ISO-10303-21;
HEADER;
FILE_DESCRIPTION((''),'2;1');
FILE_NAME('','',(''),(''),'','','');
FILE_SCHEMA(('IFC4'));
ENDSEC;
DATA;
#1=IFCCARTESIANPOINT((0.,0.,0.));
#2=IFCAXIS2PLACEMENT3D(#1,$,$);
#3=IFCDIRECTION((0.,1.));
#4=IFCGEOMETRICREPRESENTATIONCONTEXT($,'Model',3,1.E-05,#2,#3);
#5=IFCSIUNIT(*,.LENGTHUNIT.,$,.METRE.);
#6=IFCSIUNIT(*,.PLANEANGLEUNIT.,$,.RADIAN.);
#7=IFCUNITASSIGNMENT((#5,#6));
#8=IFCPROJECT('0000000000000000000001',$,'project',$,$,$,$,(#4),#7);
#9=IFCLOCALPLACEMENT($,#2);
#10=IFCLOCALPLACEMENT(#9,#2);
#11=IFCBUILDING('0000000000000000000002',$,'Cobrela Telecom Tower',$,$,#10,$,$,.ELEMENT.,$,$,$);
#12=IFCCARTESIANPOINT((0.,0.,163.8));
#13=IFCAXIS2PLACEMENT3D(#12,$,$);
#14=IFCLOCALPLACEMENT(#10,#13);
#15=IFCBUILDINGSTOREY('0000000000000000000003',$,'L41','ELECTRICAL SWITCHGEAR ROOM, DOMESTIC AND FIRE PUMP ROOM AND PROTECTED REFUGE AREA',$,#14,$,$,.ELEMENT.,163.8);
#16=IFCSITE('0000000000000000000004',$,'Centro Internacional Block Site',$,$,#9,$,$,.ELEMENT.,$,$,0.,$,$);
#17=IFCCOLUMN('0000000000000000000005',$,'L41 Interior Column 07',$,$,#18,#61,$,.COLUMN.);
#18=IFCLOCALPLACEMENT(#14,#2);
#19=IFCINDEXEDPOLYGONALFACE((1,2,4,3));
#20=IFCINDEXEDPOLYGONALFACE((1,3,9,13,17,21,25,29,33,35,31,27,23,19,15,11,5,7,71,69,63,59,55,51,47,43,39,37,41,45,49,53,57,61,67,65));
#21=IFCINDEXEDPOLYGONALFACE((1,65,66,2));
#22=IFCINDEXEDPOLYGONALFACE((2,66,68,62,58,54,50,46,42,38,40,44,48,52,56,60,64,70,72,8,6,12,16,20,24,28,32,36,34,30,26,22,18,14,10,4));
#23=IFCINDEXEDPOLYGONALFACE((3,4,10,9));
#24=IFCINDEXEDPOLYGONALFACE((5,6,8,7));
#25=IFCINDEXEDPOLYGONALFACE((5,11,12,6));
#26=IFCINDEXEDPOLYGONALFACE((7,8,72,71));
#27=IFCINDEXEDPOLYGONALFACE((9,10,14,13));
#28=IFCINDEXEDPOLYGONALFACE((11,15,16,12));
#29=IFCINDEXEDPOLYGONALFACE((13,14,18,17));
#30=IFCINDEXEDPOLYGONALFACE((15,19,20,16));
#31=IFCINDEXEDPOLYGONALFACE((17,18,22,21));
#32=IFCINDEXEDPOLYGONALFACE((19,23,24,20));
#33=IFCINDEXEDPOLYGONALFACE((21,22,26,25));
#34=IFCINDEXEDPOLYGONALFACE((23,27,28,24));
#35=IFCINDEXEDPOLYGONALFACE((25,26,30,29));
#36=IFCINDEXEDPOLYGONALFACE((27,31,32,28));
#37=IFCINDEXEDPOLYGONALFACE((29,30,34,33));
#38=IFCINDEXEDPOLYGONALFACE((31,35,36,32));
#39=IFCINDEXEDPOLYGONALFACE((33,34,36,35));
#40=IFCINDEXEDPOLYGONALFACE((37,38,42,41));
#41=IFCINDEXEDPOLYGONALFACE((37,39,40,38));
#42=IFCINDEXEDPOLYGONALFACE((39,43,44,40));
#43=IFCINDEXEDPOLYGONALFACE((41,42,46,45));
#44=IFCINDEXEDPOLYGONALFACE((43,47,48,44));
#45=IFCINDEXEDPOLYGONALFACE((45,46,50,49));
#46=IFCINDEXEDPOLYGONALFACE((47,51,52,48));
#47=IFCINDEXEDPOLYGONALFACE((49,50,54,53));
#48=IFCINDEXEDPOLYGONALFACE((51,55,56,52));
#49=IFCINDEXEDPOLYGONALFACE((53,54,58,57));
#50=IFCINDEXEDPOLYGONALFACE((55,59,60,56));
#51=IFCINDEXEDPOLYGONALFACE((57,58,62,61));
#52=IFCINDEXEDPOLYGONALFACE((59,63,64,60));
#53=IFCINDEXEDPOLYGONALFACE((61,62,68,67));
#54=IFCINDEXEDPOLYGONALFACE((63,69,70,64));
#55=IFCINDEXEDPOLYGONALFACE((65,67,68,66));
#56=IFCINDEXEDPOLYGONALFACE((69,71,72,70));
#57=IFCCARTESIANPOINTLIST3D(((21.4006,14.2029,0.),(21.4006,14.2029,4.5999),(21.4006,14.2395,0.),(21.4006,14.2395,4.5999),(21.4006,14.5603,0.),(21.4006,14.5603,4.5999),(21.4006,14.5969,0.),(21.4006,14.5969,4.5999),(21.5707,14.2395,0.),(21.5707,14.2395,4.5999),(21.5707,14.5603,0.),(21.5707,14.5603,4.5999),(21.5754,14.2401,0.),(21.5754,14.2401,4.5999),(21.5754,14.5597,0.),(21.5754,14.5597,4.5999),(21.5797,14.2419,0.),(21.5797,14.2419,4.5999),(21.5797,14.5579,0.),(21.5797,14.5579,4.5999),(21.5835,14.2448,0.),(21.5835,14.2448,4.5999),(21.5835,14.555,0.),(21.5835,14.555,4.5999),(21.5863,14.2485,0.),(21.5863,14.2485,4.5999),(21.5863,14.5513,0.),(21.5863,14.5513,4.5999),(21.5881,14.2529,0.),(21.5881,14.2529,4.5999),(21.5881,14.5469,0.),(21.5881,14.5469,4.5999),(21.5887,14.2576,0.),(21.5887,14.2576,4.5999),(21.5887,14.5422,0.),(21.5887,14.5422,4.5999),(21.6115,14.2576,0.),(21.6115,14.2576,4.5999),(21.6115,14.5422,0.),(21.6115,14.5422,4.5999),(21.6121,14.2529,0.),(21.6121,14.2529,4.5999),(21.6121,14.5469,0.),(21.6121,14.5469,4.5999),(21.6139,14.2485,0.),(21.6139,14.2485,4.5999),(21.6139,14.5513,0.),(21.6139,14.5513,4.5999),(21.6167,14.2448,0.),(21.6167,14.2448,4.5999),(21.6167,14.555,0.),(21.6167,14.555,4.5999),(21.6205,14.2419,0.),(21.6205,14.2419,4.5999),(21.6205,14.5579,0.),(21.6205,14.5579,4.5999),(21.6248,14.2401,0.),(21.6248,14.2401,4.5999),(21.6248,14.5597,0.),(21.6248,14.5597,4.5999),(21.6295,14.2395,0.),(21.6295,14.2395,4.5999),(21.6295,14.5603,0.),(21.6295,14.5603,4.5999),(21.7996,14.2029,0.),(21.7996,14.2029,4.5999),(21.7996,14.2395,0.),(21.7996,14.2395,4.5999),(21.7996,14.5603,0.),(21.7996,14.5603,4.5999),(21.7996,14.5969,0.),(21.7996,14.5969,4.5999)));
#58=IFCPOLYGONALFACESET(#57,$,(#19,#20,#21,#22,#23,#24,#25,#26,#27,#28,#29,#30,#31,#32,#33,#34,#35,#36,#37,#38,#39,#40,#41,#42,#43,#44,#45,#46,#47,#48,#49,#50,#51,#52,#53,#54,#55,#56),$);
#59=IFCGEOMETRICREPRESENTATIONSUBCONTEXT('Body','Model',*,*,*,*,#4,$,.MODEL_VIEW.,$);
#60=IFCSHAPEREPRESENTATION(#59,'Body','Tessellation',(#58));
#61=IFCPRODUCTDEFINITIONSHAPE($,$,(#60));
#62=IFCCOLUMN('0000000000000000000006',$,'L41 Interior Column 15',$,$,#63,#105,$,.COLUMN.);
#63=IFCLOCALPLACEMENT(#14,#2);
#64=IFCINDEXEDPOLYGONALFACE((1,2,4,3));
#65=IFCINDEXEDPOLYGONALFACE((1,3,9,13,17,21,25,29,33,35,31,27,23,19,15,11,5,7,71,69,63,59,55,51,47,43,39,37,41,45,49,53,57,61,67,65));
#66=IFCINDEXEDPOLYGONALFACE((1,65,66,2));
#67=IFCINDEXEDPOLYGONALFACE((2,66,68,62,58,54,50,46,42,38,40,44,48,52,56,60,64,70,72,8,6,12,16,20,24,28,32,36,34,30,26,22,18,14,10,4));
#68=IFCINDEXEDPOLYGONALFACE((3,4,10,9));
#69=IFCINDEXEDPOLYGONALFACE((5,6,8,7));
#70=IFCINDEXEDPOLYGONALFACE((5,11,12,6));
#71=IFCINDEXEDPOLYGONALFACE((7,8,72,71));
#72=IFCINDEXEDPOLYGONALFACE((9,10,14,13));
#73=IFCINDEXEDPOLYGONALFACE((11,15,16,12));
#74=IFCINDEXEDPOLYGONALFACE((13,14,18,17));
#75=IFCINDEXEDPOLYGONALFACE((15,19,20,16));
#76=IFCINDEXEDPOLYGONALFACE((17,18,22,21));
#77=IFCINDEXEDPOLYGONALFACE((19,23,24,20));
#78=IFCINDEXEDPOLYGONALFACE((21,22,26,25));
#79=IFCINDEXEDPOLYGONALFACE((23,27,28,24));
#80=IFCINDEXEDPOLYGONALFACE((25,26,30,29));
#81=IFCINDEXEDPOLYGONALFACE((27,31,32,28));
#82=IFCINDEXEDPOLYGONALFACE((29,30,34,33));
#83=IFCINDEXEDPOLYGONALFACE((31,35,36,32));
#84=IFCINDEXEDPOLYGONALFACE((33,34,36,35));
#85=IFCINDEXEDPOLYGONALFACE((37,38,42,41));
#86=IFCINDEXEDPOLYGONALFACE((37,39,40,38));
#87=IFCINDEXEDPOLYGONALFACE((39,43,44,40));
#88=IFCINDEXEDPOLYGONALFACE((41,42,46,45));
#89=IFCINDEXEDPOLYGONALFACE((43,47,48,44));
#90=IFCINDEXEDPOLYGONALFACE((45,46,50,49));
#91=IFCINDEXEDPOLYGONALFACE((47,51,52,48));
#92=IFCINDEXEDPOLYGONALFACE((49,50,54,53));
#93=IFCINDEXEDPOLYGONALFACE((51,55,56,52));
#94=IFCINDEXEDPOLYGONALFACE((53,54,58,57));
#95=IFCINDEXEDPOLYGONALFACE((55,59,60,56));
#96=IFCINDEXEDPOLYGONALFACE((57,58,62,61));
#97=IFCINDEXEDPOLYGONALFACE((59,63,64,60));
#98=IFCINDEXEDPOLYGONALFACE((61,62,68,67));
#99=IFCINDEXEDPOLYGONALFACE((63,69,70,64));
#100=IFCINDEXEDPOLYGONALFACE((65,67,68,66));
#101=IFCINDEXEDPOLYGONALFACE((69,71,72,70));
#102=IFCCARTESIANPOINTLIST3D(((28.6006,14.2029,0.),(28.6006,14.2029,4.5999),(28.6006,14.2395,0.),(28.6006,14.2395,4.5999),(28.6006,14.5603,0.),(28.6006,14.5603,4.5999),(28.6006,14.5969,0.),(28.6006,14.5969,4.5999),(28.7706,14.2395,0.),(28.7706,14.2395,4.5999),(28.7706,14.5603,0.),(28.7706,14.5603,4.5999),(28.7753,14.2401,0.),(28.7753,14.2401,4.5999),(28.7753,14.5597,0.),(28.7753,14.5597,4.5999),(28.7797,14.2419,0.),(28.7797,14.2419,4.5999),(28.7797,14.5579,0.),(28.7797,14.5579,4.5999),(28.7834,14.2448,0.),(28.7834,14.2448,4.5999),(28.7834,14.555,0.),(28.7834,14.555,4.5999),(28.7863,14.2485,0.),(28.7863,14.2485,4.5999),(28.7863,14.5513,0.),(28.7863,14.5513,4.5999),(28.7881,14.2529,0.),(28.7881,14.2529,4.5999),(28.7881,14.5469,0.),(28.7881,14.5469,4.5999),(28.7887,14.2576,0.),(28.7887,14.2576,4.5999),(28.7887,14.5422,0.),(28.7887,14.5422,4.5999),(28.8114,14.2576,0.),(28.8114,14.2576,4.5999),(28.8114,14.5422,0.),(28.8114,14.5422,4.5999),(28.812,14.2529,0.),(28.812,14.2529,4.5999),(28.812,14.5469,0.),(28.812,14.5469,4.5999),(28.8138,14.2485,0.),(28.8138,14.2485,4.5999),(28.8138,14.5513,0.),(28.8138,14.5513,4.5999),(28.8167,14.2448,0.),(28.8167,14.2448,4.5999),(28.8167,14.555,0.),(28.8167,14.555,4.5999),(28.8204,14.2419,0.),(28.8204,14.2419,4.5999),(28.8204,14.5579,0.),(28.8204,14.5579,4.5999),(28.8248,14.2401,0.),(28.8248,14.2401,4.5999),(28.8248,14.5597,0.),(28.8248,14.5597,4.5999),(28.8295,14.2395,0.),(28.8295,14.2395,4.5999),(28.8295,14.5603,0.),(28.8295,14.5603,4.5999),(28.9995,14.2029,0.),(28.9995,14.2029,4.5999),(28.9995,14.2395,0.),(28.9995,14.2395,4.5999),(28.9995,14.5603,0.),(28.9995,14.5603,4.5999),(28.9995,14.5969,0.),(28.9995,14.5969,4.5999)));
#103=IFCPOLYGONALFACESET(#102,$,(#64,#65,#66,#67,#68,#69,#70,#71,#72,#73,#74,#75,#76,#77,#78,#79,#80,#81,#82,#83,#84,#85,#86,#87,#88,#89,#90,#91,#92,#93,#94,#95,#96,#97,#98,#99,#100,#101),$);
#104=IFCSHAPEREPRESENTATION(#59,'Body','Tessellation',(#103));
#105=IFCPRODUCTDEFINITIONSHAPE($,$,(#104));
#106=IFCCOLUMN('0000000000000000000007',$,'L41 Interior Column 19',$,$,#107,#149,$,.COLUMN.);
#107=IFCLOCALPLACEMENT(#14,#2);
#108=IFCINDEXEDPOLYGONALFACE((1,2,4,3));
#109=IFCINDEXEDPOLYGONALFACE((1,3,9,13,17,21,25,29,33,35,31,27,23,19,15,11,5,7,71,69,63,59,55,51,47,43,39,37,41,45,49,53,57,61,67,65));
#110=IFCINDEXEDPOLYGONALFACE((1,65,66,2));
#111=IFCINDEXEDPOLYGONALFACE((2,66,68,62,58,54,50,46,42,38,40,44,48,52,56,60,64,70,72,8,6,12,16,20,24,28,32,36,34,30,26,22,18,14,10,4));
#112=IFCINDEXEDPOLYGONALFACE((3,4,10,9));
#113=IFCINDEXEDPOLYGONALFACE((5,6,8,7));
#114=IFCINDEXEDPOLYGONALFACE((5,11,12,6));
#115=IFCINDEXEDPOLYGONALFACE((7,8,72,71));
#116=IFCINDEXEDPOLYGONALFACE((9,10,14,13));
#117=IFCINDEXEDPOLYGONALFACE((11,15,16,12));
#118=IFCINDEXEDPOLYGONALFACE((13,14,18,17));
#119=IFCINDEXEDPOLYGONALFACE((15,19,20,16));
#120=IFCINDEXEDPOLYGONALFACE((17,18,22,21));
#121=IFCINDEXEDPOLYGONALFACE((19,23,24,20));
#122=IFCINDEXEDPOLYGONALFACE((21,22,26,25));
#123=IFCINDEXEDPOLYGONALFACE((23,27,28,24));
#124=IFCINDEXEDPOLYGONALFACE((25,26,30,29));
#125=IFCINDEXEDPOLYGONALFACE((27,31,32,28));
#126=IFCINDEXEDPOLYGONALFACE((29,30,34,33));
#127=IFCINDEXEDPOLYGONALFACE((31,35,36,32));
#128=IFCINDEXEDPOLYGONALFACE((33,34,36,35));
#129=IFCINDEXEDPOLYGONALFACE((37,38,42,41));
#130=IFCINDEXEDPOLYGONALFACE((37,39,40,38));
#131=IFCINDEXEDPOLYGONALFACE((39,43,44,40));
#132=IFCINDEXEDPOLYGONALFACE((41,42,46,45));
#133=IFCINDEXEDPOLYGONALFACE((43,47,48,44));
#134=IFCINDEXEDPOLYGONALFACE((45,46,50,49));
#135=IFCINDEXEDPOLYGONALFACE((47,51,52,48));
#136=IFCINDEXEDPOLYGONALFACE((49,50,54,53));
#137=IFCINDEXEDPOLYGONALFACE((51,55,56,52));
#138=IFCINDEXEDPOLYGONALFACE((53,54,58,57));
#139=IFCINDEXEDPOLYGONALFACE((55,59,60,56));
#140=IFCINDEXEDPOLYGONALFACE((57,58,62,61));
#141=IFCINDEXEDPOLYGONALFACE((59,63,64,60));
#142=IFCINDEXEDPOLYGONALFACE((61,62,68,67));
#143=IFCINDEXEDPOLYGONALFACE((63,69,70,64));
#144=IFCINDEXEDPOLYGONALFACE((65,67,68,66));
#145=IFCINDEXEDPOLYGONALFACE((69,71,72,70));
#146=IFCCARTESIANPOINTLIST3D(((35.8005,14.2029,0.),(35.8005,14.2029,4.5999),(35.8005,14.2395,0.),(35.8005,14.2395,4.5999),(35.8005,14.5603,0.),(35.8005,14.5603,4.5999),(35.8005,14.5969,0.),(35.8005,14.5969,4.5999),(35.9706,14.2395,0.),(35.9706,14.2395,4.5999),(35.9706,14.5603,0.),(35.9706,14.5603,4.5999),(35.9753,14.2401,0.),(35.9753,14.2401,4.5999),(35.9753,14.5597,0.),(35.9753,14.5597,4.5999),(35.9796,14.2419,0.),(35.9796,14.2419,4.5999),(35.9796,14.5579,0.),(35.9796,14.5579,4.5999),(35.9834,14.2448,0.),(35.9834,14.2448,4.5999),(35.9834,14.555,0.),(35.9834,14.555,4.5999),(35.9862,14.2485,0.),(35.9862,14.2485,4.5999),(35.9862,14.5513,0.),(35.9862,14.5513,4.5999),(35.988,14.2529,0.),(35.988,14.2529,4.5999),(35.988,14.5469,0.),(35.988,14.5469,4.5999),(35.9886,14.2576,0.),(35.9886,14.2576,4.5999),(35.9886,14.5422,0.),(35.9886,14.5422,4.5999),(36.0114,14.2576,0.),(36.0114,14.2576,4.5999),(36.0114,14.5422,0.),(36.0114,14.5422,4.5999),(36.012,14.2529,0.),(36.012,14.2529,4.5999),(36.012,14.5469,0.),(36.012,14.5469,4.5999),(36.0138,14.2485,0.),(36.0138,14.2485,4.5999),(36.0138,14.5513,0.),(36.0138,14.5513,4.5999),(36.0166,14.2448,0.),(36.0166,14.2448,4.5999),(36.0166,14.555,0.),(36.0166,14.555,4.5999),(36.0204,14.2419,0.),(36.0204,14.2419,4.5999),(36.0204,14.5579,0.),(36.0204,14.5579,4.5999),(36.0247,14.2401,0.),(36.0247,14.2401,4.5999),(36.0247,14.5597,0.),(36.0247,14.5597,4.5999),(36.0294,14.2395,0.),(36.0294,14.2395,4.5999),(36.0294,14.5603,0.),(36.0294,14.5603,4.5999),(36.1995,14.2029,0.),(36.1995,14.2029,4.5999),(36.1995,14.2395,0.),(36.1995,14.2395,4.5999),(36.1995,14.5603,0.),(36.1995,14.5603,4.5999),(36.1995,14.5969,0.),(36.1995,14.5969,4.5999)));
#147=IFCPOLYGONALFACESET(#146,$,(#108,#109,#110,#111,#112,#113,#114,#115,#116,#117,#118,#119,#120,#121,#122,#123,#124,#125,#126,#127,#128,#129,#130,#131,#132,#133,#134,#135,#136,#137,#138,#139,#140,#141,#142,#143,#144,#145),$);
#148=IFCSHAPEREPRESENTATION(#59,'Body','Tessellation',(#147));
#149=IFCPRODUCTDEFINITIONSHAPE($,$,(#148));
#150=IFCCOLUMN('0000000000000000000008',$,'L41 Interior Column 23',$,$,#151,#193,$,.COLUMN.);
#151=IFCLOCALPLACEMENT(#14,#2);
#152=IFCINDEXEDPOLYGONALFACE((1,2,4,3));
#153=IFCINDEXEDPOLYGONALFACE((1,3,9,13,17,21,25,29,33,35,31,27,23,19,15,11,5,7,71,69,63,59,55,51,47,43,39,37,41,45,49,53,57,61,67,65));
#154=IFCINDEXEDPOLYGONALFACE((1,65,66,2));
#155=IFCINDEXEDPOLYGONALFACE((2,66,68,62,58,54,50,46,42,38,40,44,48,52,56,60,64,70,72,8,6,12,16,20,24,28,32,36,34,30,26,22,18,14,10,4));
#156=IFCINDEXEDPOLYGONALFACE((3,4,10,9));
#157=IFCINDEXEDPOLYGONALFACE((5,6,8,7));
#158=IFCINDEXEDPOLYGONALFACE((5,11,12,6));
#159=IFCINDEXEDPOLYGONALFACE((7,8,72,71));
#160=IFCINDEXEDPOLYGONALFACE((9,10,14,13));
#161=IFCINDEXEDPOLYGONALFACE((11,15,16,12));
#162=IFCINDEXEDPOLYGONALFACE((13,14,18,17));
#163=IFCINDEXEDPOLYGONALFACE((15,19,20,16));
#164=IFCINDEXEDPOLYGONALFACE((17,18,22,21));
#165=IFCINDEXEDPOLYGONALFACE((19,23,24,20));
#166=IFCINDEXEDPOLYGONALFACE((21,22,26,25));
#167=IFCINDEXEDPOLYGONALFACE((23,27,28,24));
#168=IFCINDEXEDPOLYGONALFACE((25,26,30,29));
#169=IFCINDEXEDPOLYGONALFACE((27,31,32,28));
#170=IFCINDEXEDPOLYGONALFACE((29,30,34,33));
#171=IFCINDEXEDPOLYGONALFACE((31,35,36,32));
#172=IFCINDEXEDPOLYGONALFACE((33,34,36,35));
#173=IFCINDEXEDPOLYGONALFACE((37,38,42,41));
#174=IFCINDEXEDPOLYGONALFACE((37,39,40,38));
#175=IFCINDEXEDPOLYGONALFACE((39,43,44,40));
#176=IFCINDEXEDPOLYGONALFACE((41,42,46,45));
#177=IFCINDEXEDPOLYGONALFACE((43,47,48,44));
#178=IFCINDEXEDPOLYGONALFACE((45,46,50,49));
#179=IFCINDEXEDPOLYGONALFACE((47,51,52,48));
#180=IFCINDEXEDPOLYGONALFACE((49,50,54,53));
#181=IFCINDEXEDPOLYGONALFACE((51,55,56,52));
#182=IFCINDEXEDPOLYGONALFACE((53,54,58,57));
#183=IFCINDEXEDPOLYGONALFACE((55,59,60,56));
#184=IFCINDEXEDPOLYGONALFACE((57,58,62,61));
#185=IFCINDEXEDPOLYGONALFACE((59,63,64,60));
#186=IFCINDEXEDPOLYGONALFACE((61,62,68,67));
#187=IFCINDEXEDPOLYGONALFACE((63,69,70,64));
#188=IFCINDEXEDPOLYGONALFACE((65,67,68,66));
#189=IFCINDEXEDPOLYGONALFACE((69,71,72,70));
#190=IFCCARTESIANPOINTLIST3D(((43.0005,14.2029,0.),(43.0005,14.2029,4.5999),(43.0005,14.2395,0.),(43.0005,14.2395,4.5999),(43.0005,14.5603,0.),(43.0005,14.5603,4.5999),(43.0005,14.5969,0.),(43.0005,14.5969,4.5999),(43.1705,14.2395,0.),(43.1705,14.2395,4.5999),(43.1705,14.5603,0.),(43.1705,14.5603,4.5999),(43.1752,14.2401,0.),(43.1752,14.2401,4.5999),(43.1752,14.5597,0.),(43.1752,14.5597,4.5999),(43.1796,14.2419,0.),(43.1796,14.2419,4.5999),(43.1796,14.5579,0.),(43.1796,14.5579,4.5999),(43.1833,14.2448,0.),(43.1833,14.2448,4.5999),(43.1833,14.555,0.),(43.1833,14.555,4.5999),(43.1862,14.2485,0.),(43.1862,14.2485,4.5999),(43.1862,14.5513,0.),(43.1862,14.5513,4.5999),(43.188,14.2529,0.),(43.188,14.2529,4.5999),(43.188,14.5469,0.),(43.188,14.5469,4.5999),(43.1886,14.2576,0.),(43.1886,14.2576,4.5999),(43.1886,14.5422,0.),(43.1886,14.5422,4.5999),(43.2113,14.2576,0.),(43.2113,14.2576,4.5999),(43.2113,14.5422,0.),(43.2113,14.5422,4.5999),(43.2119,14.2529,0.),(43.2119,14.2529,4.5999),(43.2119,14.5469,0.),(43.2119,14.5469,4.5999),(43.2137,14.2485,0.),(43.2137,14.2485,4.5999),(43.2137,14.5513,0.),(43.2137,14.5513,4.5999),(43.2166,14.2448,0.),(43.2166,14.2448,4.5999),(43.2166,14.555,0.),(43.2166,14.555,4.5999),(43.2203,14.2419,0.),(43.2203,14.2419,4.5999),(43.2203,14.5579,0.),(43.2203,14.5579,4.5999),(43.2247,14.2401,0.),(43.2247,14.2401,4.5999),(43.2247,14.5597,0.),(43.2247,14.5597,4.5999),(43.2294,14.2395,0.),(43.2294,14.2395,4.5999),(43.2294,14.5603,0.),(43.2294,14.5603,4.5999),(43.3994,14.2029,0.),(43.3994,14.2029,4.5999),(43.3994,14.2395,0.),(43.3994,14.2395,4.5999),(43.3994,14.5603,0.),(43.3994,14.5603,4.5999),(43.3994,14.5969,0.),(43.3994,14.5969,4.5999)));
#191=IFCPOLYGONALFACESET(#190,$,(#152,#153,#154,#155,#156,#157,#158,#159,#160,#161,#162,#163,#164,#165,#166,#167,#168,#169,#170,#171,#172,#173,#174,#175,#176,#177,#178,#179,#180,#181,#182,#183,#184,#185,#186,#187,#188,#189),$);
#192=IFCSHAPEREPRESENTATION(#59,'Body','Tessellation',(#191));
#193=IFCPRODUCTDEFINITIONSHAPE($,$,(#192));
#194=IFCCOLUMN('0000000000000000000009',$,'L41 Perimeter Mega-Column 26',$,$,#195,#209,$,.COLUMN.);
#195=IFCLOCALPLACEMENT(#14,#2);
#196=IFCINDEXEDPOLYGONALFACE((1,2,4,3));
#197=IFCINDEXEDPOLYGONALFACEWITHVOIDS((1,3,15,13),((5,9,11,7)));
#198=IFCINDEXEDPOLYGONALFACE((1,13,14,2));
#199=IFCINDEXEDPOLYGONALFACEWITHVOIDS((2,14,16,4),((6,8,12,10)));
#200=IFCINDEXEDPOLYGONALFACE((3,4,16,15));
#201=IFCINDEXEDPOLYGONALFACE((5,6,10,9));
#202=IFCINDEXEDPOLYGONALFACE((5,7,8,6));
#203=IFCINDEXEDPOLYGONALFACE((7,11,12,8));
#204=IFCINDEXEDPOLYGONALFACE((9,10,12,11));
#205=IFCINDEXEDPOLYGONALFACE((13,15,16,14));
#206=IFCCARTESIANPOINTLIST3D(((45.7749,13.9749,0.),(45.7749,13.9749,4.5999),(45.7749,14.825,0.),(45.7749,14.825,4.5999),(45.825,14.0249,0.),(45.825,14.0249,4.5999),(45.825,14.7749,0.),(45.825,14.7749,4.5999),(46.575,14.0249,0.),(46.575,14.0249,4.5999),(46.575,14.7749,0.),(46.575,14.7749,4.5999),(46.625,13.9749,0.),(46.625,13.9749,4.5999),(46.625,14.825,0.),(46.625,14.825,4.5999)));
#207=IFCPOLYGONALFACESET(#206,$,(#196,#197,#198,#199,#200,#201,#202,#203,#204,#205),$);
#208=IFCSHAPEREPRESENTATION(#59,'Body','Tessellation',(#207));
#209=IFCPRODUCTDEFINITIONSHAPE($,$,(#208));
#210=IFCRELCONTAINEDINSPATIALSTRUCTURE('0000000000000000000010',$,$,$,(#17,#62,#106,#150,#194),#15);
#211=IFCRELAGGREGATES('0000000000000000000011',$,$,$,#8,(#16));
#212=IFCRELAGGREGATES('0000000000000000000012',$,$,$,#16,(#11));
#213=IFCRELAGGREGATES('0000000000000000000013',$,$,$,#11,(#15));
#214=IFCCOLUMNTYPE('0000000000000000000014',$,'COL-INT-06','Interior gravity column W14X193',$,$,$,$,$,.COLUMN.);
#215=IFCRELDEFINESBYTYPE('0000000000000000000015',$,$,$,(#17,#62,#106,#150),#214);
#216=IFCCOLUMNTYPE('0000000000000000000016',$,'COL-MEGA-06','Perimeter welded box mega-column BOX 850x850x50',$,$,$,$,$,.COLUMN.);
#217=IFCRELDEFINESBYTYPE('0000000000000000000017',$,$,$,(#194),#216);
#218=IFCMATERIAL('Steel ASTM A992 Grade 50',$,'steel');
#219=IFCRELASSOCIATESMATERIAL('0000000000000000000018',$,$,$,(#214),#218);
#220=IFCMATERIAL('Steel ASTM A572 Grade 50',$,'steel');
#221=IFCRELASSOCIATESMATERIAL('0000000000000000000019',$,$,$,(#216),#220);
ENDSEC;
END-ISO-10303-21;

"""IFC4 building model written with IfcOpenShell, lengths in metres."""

from ifc_helpers import new_model, si_unit, direction, frame, origin, origin_2d, place, context, subcontext, project, spatial, hollow_rectangle, i_section, extrude, material, material_profile, profile_set, type_object, element, save


model = new_model("IFC4")

# Units and contexts
model_context = context("Model", 3, precision=1e-05, world=origin(), true_north=direction((0.0, 1.0)))
body_context = subcontext(model_context, "Body", "Model", "MODEL_VIEW")
ifc_project = project(units=[si_unit("LENGTHUNIT", "METRE"), si_unit("PLANEANGLEUNIT", "RADIAN")], contexts=[model_context])

# Site, building, storey
site_placement = place(None, origin())
site = spatial("IfcSite", under=ifc_project, at=site_placement, Name="Centro Internacional Block Site", CompositionType="ELEMENT", RefElevation=0.0)
building_placement = place(site_placement, origin())
building = spatial("IfcBuilding", under=site, at=building_placement, Name="Cobrela Telecom Tower", CompositionType="ELEMENT")
storey_placement = place(building_placement, frame((0.0, 0.0, 163.8)))
storey = spatial("IfcBuildingStorey", under=building, at=storey_placement, Name="L41", Description="ELECTRICAL SWITCHGEAR ROOM, DOMESTIC AND FIRE PUMP ROOM AND PROTECTED REFUGE AREA", CompositionType="ELEMENT", Elevation=163.8)

# Columns
ifc_material_1 = material(Name="Steel ASTM A992 Grade 50", Category="steel")
ifc_material_profile_1 = material_profile(ifc_material_1, i_section(OverallWidth=0.3989, OverallDepth=0.394, WebThickness=0.0227, FlangeThickness=0.0366, FilletRadius=0.0181, at=origin_2d()), Name="W14X193")
ifc_profile_set_1 = profile_set([ifc_material_profile_1], Name="Steel ASTM A992 Grade 50")
column_type_1 = type_object("IfcColumnType", Name="COL-INT-06", Description="Interior gravity column W14X193", PredefinedType="COLUMN", material=ifc_profile_set_1)
for number, where, z_axis, x_axis, name in (
    (1, (21.6001, 14.3999, 0.0), (0.0, 0.0, 1.0), (1.0, 0.0, 0.0), "L41 Interior Column 07"),
    (2, (28.8, 14.3999, 0.0), (0.0, 0.0, 1.0), (1.0, 0.0, 0.0), "L41 Interior Column 15"),
    (3, (36.0, 14.3999, 0.0), (0.0, 0.0, 1.0), (1.0, 0.0, 0.0), "L41 Interior Column 19"),
    (4, (43.2, 14.3999, 0.0), (0.0, 0.0, 1.0), (1.0, 0.0, 0.0), "L41 Interior Column 23"),
):
    element("IfcColumn", number, at=place(storey_placement, frame(where, z_axis=z_axis, x_axis=x_axis)), inside=storey, type_object=column_type_1, Name=name, PredefinedType="COLUMN", context=body_context, shape_type="SweptSolid", body=[
        extrude(i_section(OverallWidth=0.3989, OverallDepth=0.394, WebThickness=0.0227, FlangeThickness=0.0366, FilletRadius=0.0181, at=origin_2d()), origin(), (0.0, 0.0, 1.0), 4.5999),
    ])
ifc_material_2 = material(Name="Steel ASTM A572 Grade 50", Category="steel")
ifc_material_profile_2 = material_profile(ifc_material_2, hollow_rectangle(XDim=0.8501, YDim=0.8501, WallThickness=0.05, at=origin_2d()), Name="BOX 850x850x50")
ifc_profile_set_2 = profile_set([ifc_material_profile_2], Name="Steel ASTM A572 Grade 50")
column_type_2 = type_object("IfcColumnType", Name="COL-MEGA-06", Description="Perimeter welded box mega-column BOX 850x850x50", PredefinedType="COLUMN", material=ifc_profile_set_2)
column_1_placement = place(storey_placement, frame((46.2, 14.3999, 0.0), z_axis=(0.0, 0.0, 1.0), x_axis=(1.0, 0.0, 0.0)))
element("IfcColumn", 5, at=column_1_placement, inside=storey, type_object=column_type_2, Name="L41 Perimeter Mega-Column 26", PredefinedType="COLUMN", context=body_context, shape_type="SweptSolid", body=[
    extrude(hollow_rectangle(XDim=0.8501, YDim=0.8501, WallThickness=0.05, at=origin_2d()), origin(), (0.0, 0.0, 1.0), 4.5999),
])

save(model, "model.ifc")
